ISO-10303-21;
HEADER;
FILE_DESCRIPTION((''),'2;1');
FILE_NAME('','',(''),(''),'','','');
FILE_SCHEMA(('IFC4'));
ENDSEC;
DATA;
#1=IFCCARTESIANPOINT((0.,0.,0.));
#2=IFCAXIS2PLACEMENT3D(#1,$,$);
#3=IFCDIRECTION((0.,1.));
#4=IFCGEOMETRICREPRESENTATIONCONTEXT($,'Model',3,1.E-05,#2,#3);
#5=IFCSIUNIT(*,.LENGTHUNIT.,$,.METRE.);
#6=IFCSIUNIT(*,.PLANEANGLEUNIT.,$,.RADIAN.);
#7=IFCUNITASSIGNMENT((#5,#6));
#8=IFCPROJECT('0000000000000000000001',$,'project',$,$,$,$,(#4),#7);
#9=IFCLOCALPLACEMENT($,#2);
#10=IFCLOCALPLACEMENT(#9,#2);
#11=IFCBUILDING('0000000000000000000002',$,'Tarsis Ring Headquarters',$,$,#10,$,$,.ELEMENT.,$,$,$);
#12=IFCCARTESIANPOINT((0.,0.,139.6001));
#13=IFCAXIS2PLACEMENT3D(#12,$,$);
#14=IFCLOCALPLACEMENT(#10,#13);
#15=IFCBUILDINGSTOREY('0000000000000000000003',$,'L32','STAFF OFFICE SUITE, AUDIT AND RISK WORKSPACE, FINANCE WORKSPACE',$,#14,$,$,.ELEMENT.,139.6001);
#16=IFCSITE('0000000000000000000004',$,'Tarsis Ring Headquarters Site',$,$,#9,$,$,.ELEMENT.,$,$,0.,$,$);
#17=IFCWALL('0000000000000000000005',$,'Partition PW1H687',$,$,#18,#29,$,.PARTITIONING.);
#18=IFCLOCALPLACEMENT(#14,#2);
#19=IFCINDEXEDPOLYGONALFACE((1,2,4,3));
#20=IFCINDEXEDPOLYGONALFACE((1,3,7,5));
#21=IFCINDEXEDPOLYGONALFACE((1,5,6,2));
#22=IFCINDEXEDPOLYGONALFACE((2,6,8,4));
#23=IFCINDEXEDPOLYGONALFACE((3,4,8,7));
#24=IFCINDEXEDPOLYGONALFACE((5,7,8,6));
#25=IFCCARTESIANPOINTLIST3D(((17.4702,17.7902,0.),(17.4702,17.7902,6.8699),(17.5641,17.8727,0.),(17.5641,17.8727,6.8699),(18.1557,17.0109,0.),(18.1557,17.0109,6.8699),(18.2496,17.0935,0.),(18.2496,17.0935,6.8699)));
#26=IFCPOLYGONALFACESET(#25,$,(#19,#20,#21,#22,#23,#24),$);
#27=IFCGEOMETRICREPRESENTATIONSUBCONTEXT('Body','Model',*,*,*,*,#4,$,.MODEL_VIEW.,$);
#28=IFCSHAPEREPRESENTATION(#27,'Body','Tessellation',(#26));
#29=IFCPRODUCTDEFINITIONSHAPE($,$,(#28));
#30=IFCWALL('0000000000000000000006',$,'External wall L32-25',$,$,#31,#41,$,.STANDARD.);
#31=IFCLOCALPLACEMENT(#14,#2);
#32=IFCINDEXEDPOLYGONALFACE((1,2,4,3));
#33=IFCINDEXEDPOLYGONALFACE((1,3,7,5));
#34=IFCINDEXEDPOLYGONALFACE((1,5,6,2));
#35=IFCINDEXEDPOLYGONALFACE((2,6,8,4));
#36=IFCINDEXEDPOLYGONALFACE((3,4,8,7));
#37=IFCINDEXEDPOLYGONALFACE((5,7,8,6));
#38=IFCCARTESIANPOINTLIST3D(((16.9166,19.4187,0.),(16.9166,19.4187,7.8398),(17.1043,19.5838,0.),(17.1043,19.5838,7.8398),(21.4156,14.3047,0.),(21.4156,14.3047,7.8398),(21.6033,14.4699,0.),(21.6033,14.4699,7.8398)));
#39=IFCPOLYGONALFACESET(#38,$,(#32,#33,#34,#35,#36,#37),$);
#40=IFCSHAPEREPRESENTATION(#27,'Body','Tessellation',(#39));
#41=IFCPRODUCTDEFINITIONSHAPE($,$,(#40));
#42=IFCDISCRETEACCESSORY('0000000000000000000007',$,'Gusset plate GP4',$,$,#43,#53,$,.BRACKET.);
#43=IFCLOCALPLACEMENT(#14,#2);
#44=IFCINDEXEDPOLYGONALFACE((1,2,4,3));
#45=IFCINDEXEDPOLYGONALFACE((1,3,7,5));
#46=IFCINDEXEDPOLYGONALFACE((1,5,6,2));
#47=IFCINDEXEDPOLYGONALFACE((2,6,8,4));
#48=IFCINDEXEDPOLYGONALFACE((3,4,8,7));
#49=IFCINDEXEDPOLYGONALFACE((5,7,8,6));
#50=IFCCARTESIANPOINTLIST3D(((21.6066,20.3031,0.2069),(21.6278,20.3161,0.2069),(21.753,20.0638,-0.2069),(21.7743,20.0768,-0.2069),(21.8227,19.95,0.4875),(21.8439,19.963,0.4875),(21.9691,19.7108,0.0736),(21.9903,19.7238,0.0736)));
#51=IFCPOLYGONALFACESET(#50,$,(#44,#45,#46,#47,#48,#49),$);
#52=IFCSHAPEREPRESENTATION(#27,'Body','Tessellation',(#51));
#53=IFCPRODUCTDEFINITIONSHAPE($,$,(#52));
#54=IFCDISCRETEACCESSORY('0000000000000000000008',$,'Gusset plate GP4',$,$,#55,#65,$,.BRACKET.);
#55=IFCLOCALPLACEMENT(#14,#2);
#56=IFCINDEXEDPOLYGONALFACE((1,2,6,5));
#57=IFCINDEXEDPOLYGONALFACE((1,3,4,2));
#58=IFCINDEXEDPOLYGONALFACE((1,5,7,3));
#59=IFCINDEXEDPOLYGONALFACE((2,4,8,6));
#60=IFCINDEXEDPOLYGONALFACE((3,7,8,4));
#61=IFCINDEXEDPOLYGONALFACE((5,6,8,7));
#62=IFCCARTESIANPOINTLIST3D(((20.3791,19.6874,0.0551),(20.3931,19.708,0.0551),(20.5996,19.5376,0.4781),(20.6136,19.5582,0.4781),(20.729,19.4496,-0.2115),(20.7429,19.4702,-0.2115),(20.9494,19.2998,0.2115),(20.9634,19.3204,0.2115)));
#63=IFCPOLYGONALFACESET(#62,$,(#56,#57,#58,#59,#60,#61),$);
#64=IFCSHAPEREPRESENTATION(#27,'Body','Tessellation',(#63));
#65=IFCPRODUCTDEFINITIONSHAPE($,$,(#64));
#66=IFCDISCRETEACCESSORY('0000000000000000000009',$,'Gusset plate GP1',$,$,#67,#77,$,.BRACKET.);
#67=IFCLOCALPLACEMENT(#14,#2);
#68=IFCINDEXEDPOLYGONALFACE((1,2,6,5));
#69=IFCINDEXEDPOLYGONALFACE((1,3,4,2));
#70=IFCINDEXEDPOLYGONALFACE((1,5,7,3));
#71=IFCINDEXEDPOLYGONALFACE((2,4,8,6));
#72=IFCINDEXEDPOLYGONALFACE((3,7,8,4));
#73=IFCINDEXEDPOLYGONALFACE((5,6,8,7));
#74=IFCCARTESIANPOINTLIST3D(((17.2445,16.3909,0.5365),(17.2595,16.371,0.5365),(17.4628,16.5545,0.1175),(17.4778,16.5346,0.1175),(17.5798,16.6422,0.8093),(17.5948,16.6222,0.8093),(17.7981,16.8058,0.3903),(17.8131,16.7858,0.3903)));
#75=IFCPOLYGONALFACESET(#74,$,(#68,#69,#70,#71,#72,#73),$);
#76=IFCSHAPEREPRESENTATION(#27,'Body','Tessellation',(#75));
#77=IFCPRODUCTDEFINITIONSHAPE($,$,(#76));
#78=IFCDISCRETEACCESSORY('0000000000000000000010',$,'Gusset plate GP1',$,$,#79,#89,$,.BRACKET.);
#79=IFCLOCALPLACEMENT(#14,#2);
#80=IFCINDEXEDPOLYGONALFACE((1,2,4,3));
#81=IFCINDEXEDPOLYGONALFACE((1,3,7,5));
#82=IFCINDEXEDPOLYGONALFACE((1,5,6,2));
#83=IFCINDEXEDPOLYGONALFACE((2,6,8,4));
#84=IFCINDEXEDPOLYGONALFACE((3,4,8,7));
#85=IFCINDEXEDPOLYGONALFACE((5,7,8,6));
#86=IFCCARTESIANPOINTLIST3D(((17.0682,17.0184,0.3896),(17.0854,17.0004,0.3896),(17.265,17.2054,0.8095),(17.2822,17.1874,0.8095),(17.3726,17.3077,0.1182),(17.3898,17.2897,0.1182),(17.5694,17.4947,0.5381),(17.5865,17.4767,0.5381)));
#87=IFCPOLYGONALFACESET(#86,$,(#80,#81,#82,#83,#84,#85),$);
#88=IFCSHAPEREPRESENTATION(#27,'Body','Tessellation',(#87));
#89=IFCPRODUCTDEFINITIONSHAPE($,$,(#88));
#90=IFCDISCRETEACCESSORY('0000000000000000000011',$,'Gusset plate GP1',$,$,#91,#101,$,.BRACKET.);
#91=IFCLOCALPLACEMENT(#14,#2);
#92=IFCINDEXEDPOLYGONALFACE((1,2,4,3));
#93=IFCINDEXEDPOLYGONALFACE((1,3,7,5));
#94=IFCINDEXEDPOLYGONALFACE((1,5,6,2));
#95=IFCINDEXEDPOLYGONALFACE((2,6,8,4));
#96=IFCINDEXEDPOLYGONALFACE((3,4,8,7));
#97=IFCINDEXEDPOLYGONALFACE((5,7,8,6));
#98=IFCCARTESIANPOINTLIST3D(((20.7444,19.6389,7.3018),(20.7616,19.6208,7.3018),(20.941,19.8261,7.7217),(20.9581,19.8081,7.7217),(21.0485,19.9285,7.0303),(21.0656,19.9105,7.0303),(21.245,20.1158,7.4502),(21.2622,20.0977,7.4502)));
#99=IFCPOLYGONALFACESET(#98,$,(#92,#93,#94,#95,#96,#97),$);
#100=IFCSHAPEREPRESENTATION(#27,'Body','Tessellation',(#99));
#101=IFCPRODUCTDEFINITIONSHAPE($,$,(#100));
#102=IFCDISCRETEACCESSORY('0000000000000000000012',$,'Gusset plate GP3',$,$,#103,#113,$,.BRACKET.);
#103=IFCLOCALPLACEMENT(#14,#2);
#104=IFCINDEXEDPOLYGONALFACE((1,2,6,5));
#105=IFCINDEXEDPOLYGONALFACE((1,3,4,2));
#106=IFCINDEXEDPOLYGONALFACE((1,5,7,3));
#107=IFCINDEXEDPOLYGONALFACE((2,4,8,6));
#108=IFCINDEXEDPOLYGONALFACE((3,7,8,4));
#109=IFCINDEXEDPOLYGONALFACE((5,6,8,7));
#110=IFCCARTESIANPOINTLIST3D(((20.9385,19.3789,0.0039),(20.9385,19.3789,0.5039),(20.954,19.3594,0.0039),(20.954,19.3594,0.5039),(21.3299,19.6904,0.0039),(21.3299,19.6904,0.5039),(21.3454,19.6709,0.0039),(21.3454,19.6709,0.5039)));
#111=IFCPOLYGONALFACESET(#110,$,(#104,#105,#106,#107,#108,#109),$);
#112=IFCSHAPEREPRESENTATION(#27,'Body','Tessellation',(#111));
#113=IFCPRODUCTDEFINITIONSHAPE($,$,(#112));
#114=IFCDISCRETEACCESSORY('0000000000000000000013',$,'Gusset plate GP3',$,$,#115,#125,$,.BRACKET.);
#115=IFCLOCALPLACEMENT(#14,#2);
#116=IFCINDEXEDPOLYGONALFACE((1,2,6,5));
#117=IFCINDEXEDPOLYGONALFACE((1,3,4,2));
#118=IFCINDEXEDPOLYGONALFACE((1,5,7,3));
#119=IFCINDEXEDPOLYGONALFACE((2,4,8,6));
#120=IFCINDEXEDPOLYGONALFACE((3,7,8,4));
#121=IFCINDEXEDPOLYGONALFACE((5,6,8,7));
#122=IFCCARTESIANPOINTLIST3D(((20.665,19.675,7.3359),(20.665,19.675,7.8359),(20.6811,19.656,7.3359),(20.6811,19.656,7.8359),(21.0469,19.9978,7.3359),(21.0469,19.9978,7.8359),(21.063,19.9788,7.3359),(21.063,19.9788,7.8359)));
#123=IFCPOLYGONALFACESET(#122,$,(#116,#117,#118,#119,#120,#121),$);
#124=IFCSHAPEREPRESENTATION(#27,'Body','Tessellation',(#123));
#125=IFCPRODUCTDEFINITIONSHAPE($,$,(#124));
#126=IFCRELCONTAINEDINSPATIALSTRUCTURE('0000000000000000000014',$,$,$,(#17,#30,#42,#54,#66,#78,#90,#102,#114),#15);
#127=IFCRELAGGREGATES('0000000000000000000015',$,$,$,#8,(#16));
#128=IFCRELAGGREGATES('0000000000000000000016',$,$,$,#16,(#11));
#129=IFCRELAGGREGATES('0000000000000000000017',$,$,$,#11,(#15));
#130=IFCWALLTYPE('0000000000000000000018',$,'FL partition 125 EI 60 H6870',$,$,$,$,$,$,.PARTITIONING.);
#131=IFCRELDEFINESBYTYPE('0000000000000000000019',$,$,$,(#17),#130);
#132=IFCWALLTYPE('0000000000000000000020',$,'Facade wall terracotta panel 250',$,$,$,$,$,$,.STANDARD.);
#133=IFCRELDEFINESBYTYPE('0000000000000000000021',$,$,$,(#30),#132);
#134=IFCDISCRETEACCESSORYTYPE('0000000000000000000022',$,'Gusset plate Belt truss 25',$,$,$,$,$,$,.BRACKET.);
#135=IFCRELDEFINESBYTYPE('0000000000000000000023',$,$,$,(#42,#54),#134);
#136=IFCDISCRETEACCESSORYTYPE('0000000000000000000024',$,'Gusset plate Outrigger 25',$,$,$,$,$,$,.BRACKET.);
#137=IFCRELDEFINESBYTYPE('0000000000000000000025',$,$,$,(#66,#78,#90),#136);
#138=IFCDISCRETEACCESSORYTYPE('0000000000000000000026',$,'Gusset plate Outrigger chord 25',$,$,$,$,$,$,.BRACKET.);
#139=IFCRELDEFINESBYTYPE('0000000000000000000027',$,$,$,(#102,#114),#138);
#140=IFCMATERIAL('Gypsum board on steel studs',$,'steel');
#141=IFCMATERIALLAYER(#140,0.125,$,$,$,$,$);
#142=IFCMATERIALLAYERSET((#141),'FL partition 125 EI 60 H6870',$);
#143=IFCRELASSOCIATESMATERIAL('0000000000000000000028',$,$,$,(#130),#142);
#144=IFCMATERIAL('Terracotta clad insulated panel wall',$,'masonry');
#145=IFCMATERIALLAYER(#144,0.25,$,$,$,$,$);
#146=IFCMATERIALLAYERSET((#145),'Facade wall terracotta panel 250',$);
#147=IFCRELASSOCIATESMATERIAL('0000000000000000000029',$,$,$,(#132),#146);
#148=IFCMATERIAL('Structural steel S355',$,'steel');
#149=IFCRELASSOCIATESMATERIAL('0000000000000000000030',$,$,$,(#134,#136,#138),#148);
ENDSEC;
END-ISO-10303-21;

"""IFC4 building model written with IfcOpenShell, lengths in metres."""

from ifc_helpers import new_model, si_unit, direction, frame, frame_2d, origin, origin_2d, place, context, subcontext, project, spatial, rectangle, extrude, material, layer, layer_set, material_profile, profile_set, type_object, element, save


model = new_model("IFC4")

# Units and contexts
model_context = context("Model", 3, precision=1e-05, world=origin(), true_north=direction((0.0, 1.0)))
body_context = subcontext(model_context, "Body", "Model", "MODEL_VIEW")
ifc_project = project(units=[si_unit("LENGTHUNIT", "METRE"), si_unit("PLANEANGLEUNIT", "RADIAN")], contexts=[model_context])

# Site, building, storey
site_placement = place(None, origin())
site = spatial("IfcSite", under=ifc_project, at=site_placement, Name="Tarsis Ring Headquarters Site", CompositionType="ELEMENT", RefElevation=0.0)
building_placement = place(site_placement, origin())
building = spatial("IfcBuilding", under=site, at=building_placement, Name="Tarsis Ring Headquarters", CompositionType="ELEMENT")
storey_placement = place(building_placement, frame((0.0, 0.0, 139.6001)))
storey = spatial("IfcBuildingStorey", under=building, at=storey_placement, Name="L32", Description="STAFF OFFICE SUITE, AUDIT AND RISK WORKSPACE, FINANCE WORKSPACE", CompositionType="ELEMENT", Elevation=139.6001)

# Shared definitions
ifc_material_1 = material(Name="Structural steel S355", Category="steel")

# Walls
ifc_material_2 = material(Name="Gypsum board on steel studs", Category="steel")
ifc_layer_1 = layer(ifc_material_2, 0.125)
ifc_layer_set_1 = layer_set([ifc_layer_1], Name="FL partition 125 EI 60 H6870")
wall_type_1 = type_object("IfcWallType", Name="FL partition 125 EI 60 H6870", PredefinedType="PARTITIONING", material=ifc_layer_set_1)
wall_1_placement = place(storey_placement, frame((17.5171, 17.8315, 0.0), z_axis=(0.0, 0.0, 1.0), x_axis=(0.660501, -0.750825, 0.0)))
element("IfcWall", 1, at=wall_1_placement, inside=storey, type_object=wall_type_1, Name="Partition PW1H687", PredefinedType="PARTITIONING", context=body_context, shape_type="SweptSolid", body=[
    extrude(rectangle(XDim=1.0378, YDim=0.125, at=frame_2d((0.519, 0.0))), origin(), (0.0, 0.0, 1.0), 6.8699),
])
ifc_material_3 = material(Name="Terracotta clad insulated panel wall", Category="masonry")
ifc_layer_2 = layer(ifc_material_3, 0.25)
ifc_layer_set_2 = layer_set([ifc_layer_2], Name="Facade wall terracotta panel 250")
wall_type_2 = type_object("IfcWallType", Name="Facade wall terracotta panel 250", PredefinedType="STANDARD", material=ifc_layer_set_2)
wall_2_placement = place(storey_placement, frame((21.5095, 14.3872, 0.0), z_axis=(0.0, 0.0, 1.0), x_axis=(-0.66052, 0.750809, 0.0)))
element("IfcWall", 2, at=wall_2_placement, inside=storey, type_object=wall_type_2, Name="External wall L32-25", PredefinedType="STANDARD", context=body_context, shape_type="SweptSolid", body=[
    extrude(rectangle(XDim=6.8113, YDim=0.25, at=frame_2d((3.4058, 0.0))), origin(), (0.0, 0.0, 1.0), 7.8398),
])

# Discrete accessories
ifc_material_profile_1 = material_profile(ifc_material_1, rectangle(XDim=0.0249, YDim=0.5, at=origin_2d()), Name="PL 25x500")
ifc_profile_set_1 = profile_set([ifc_material_profile_1], Name="Structural steel S355")
discrete_accessory_type_1 = type_object("IfcDiscreteAccessoryType", Name="Gusset plate Belt truss 25", PredefinedType="BRACKET", material=ifc_profile_set_1)
for number, where, z_axis, x_axis, name in (
    (3, (21.6904, 20.1899, 0.0), (0.432127, -0.706051, 0.561033), (0.852932, 0.522023, 0.0), "Gusset plate GP4"),
    (4, (20.8462, 19.385, 0.0), (-0.69968, 0.475568, 0.533182), (-0.562136, -0.827045, 0.0), "Gusset plate GP4"),
):
    element("IfcDiscreteAccessory", number, at=place(storey_placement, frame(where, z_axis=z_axis, x_axis=x_axis)), inside=storey, type_object=discrete_accessory_type_1, Name=name, PredefinedType="BRACKET", context=body_context, shape_type="SweptSolid", body=[
        extrude(rectangle(XDim=0.0249, YDim=0.5, at=origin_2d()), origin(), (0.0, 0.0, 1.0), 0.5),
    ])
discrete_accessory_type_2 = type_object("IfcDiscreteAccessoryType", Name="Gusset plate Outrigger 25", PredefinedType="BRACKET", material=ifc_profile_set_1)
for number, where, z_axis, x_axis, name in (
    (5, (17.6379, 16.6702, 0.2539), (-0.436602, -0.327207, 0.838042), (0.599714, -0.800215, 0.0), "Gusset plate GP1"),
    (6, (17.229, 17.1541, 0.2539), (0.393532, 0.374002, 0.839795), (-0.688891, 0.724865, 0.0), "Gusset plate GP1"),
    (7, (21.1016, 19.9619, 7.5859), (-0.393047, -0.374493, -0.839803), (0.689812, -0.723988, 0.0), "Gusset plate GP1"),
):
    element("IfcDiscreteAccessory", number, at=place(storey_placement, frame(where, z_axis=z_axis, x_axis=x_axis)), inside=storey, type_object=discrete_accessory_type_2, Name=name, PredefinedType="BRACKET", context=body_context, shape_type="SweptSolid", body=[
        extrude(rectangle(XDim=0.0249, YDim=0.5, at=origin_2d()), origin(), (0.0, 0.0, 1.0), 0.5),
    ])
discrete_accessory_type_3 = type_object("IfcDiscreteAccessoryType", Name="Gusset plate Outrigger chord 25", PredefinedType="BRACKET", material=ifc_profile_set_1)
discrete_accessory_1_placement = place(storey_placement, frame((21.3376, 19.6807, 0.2539), z_axis=(-0.78239, -0.622788, 0.0), x_axis=(0.622788, -0.78239, 0.0)))
element("IfcDiscreteAccessory", 8, at=discrete_accessory_1_placement, inside=storey, type_object=discrete_accessory_type_3, Name="Gusset plate GP3", PredefinedType="BRACKET", context=body_context, shape_type="SweptSolid", body=[
    extrude(rectangle(XDim=0.0249, YDim=0.5, at=origin_2d()), origin(), (0.0, 0.0, 1.0), 0.5002),
])
discrete_accessory_2_placement = place(storey_placement, frame((21.0549, 19.9883, 7.5859), z_axis=(-0.76372, -0.645548, 0.0), x_axis=(0.645548, -0.76372, 0.0)))
element("IfcDiscreteAccessory", 9, at=discrete_accessory_2_placement, inside=storey, type_object=discrete_accessory_type_3, Name="Gusset plate GP3", PredefinedType="BRACKET", context=body_context, shape_type="SweptSolid", body=[
    extrude(rectangle(XDim=0.0249, YDim=0.5, at=origin_2d()), origin(), (0.0, 0.0, 1.0), 0.5),
])

save(model, "model.ifc")
